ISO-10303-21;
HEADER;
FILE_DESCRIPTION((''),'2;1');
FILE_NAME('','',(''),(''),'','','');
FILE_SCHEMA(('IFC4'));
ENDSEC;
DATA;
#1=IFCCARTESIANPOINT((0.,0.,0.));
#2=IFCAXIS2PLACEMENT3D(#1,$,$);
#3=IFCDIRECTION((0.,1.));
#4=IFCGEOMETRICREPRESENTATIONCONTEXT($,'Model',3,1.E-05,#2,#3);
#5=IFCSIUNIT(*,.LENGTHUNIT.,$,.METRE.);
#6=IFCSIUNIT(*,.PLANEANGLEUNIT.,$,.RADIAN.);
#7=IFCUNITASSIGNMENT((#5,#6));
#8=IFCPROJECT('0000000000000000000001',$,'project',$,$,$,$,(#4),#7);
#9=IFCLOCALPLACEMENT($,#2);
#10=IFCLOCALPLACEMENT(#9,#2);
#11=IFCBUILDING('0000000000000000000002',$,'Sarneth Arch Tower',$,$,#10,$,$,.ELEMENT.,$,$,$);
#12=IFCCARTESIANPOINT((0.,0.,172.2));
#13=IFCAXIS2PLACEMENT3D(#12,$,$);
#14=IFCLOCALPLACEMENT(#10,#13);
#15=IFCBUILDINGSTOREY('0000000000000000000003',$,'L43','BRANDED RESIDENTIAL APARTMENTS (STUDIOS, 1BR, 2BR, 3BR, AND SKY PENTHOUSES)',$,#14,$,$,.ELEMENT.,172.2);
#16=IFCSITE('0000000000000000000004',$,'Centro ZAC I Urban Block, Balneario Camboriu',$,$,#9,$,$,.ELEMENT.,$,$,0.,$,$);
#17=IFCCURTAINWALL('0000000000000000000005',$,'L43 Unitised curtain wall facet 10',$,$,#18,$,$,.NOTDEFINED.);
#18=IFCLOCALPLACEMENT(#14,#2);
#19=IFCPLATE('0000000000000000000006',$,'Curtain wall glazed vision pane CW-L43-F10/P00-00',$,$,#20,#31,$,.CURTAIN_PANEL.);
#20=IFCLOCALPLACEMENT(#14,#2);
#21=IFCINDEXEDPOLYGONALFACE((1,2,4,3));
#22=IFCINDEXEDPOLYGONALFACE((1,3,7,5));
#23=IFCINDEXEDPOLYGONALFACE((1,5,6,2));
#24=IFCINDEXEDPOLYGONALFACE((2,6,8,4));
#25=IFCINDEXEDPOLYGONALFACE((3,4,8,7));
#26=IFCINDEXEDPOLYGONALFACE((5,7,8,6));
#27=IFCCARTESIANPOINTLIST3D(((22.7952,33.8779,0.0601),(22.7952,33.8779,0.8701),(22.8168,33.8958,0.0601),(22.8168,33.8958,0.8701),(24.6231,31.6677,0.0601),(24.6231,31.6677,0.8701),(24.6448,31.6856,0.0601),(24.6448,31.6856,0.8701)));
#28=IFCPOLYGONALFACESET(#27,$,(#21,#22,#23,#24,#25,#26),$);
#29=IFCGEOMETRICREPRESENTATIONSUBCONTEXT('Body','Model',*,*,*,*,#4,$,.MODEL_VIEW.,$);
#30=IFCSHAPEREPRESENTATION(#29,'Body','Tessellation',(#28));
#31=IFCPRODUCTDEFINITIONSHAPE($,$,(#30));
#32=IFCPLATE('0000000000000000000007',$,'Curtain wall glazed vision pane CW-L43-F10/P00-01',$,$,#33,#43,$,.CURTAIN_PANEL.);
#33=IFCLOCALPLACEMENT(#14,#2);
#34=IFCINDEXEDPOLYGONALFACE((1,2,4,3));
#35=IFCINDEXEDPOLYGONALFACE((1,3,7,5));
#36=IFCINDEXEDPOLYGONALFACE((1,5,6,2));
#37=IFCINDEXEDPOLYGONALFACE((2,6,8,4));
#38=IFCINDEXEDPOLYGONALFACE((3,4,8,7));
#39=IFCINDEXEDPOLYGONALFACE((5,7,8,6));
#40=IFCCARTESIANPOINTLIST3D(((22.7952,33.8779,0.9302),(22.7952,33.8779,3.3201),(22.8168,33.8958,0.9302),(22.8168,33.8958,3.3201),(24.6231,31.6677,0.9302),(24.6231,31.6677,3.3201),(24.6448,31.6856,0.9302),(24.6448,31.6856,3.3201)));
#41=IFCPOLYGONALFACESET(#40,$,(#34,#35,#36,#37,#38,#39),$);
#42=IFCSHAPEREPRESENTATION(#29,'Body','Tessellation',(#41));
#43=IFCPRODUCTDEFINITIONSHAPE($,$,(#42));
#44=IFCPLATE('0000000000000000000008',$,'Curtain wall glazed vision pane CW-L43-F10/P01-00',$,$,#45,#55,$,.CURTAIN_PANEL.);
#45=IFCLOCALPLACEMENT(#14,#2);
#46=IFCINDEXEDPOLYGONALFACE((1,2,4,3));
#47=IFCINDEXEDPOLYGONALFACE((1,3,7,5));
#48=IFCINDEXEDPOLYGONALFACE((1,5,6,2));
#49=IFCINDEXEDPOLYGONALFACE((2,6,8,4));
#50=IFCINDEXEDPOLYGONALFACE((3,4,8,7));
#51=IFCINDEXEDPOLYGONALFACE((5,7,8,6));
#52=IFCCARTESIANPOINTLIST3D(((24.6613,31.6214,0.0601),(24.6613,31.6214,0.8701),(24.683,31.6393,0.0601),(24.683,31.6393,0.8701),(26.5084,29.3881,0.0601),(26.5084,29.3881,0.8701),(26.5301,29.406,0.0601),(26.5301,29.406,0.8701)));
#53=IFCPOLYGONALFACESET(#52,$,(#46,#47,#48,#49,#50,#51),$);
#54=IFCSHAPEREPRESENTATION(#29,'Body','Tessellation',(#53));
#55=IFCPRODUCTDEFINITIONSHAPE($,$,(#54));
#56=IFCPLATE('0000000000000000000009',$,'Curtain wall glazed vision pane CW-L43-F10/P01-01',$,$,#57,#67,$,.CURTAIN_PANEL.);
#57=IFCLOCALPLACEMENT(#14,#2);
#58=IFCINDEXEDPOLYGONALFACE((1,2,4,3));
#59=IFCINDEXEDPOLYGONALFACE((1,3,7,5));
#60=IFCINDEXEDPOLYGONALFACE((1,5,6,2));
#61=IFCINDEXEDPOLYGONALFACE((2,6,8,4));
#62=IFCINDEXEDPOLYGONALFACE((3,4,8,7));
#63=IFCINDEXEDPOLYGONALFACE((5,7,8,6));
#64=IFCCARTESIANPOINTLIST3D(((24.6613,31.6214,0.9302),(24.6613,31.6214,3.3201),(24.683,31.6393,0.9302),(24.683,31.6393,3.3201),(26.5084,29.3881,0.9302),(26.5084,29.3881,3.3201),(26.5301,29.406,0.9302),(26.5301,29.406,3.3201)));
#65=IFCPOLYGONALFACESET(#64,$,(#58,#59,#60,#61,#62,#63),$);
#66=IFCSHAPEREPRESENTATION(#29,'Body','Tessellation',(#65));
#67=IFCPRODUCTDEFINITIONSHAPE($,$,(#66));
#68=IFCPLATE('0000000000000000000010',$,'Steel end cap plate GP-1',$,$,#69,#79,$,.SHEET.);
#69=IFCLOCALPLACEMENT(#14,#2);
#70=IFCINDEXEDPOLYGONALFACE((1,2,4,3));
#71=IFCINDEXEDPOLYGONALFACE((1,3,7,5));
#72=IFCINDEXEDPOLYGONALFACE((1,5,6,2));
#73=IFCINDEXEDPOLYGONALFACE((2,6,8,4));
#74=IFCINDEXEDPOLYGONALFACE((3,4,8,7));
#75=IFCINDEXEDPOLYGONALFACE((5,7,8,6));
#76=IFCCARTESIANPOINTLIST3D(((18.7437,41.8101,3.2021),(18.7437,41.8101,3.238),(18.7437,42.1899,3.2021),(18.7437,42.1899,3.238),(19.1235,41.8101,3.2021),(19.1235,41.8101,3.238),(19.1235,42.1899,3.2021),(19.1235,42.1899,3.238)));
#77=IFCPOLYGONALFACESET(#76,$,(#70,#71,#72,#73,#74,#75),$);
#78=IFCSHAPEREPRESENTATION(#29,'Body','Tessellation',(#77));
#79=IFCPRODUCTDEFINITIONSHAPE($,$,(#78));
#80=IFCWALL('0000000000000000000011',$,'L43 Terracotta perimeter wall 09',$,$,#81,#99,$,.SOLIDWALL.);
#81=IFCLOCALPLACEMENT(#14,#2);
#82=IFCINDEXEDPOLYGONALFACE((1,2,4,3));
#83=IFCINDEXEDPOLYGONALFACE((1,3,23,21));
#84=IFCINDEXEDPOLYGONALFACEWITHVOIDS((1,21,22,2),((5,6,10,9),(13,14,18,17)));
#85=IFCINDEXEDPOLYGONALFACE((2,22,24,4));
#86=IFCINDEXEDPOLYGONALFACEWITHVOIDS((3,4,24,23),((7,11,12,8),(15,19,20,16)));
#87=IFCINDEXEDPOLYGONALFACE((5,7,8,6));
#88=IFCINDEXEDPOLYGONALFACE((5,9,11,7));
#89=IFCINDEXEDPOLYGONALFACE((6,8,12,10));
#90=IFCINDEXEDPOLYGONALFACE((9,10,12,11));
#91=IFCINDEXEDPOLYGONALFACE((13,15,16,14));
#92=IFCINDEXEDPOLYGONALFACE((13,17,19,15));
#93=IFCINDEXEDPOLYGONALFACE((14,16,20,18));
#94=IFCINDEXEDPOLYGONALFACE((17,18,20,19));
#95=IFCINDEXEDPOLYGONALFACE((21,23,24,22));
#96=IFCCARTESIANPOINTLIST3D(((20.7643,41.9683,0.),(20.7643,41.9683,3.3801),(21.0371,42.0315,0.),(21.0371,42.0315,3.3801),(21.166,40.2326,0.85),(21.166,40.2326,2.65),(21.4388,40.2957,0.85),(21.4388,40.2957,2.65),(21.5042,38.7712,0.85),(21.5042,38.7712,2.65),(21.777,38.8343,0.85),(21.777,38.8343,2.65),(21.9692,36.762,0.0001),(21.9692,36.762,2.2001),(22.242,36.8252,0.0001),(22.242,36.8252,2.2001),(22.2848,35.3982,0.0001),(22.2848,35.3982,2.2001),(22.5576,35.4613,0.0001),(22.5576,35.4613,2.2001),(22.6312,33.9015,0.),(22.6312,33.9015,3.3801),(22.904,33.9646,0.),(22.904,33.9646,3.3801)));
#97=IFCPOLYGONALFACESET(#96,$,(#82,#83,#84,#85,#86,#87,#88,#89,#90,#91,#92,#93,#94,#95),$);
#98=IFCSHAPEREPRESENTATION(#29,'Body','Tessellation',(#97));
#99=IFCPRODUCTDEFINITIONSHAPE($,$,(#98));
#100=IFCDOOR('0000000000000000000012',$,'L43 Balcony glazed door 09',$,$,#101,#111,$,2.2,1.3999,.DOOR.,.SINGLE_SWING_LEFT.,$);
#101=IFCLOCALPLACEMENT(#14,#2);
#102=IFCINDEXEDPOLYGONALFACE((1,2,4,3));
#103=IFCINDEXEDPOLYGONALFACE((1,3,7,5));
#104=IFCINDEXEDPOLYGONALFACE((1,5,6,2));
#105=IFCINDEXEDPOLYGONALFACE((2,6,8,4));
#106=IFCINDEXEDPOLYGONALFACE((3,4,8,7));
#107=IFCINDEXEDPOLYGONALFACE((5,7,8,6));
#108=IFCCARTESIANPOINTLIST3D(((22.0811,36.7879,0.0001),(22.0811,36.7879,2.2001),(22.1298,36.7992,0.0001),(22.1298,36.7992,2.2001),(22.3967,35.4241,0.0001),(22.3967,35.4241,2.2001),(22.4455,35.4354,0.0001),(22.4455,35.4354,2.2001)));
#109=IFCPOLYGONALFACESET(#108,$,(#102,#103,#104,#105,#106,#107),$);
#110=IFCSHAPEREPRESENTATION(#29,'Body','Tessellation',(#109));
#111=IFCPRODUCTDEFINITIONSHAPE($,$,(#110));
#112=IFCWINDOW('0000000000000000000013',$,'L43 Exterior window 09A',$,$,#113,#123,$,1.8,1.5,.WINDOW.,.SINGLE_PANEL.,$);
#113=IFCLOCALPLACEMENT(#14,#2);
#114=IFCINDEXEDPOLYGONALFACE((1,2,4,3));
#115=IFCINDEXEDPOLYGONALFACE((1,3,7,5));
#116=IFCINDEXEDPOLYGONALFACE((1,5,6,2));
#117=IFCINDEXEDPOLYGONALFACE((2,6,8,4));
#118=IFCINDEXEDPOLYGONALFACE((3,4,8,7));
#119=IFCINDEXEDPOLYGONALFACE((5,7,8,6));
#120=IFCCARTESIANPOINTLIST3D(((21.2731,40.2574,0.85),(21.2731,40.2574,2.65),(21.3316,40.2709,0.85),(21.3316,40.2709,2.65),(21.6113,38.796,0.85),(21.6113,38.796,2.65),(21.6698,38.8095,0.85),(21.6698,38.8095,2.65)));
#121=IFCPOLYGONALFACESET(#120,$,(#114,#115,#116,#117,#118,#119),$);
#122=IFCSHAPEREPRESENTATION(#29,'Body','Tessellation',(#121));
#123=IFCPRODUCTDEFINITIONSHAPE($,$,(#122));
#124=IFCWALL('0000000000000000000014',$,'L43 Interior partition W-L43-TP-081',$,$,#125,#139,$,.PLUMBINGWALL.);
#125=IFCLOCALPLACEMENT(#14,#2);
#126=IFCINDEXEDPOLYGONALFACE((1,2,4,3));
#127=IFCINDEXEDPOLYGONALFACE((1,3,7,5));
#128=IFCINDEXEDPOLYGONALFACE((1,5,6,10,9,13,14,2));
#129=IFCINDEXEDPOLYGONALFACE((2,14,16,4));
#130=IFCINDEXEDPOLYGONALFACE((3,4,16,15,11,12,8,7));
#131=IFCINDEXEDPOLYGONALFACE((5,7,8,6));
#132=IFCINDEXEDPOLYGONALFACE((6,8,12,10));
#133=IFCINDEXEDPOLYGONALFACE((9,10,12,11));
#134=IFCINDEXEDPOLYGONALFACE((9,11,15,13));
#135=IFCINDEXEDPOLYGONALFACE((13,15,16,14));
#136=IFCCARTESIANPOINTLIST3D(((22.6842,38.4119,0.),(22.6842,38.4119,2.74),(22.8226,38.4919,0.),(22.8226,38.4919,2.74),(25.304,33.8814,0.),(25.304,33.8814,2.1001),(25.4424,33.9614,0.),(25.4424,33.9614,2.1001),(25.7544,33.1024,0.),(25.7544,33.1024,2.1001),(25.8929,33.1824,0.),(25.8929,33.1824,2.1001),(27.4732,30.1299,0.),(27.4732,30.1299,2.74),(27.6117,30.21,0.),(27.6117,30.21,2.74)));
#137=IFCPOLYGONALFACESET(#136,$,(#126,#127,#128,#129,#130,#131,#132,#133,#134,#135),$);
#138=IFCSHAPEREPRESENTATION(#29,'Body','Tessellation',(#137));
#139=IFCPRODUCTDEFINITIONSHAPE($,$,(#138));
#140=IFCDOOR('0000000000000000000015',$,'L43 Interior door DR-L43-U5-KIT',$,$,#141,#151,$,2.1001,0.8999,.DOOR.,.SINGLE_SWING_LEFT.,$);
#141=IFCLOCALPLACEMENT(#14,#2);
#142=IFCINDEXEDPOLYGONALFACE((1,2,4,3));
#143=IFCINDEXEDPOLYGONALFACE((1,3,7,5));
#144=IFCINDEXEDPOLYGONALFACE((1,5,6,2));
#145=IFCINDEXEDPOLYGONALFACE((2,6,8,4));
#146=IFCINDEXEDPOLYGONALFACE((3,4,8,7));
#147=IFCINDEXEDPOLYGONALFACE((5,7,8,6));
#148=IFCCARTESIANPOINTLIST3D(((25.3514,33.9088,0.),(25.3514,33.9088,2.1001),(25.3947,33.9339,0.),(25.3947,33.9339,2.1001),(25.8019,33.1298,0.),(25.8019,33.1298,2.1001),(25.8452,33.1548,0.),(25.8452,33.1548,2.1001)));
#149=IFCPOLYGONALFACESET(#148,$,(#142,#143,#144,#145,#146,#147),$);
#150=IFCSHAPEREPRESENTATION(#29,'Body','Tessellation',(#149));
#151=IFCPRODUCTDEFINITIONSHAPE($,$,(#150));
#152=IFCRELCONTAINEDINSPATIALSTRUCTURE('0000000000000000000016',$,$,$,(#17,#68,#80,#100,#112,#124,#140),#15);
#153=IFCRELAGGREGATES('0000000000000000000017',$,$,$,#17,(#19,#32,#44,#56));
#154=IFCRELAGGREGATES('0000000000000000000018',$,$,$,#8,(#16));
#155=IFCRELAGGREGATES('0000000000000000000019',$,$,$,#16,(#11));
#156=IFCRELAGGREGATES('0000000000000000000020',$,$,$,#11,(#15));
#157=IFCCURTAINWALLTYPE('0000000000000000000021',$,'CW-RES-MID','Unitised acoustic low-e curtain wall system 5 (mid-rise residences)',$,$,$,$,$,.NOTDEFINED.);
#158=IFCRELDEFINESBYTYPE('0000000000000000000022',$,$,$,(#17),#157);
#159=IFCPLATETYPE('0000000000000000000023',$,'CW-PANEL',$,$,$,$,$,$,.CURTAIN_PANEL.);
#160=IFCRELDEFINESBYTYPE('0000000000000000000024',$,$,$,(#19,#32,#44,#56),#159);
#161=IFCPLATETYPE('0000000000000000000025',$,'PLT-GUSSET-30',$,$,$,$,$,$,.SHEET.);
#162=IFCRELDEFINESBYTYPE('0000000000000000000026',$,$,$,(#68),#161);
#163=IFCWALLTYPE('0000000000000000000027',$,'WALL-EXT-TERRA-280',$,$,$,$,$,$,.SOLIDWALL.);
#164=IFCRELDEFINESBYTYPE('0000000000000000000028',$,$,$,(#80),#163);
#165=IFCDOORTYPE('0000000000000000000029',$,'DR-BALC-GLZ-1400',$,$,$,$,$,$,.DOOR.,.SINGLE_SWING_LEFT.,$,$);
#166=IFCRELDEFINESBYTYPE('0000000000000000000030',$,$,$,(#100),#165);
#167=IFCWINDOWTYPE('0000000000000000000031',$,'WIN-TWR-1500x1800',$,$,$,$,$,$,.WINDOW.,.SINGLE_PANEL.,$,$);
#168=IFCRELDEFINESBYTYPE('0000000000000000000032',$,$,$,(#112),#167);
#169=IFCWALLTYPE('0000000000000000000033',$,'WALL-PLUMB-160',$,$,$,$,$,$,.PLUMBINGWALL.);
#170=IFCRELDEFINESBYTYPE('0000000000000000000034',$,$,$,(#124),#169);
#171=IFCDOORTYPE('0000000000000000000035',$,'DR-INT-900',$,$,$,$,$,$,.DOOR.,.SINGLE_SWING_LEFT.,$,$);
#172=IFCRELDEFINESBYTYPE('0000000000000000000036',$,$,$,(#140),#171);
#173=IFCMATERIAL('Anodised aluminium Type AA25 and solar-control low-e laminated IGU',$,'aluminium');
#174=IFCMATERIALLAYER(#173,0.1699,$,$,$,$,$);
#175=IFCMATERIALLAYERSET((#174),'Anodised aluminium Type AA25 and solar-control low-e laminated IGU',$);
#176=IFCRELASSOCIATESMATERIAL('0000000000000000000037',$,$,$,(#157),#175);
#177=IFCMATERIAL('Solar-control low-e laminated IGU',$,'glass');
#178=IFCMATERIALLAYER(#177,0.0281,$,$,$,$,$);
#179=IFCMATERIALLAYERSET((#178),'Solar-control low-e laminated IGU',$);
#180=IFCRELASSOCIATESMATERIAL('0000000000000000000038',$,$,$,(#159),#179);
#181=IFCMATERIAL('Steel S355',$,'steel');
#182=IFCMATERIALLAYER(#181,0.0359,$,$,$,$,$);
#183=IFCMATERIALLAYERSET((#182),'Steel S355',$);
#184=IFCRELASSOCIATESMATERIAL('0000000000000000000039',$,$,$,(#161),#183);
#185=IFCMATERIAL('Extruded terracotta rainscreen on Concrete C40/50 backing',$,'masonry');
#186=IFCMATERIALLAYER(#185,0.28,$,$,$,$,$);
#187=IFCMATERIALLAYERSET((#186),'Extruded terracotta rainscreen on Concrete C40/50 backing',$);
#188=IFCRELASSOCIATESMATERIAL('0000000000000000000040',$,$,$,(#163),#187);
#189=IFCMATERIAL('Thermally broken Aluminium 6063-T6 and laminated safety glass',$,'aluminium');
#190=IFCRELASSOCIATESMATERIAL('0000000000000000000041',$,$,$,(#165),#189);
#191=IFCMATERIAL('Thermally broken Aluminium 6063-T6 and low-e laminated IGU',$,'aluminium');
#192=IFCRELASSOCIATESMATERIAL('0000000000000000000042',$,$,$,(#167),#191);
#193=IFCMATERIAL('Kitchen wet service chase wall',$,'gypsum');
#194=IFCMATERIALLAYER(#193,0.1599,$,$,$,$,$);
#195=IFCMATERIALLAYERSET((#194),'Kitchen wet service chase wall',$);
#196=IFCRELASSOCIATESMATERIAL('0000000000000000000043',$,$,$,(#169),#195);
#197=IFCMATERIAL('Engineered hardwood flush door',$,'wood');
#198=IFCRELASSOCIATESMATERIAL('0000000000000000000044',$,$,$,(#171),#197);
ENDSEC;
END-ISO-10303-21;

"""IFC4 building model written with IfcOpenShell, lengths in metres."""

from ifc_helpers import new_model, si_unit, direction, frame, frame_2d, origin, origin_2d, place, context, subcontext, project, spatial, rectangle, extrude, material, layer, layer_set, type_object, element, fill, aggregate, save


model = new_model("IFC4")

# Units and contexts
model_context = context("Model", 3, precision=1e-05, world=origin(), true_north=direction((0.0, 1.0)))
body_context = subcontext(model_context, "Body", "Model", "MODEL_VIEW")
ifc_project = project(units=[si_unit("LENGTHUNIT", "METRE"), si_unit("PLANEANGLEUNIT", "RADIAN")], contexts=[model_context])

# Site, building, storey
site_placement = place(None, origin())
site = spatial("IfcSite", under=ifc_project, at=site_placement, Name="Centro ZAC I Urban Block, Balneario Camboriu", CompositionType="ELEMENT", RefElevation=0.0)
building_placement = place(site_placement, origin())
building = spatial("IfcBuilding", under=site, at=building_placement, Name="Sarneth Arch Tower", CompositionType="ELEMENT")
storey_placement = place(building_placement, frame((0.0, 0.0, 172.2)))
storey = spatial("IfcBuildingStorey", under=building, at=storey_placement, Name="L43", Description="BRANDED RESIDENTIAL APARTMENTS (STUDIOS, 1BR, 2BR, 3BR, AND SKY PENTHOUSES)", CompositionType="ELEMENT", Elevation=172.2)

# Curtain wall, plates
ifc_material_1 = material(Name="Anodised aluminium Type AA25 and solar-control low-e laminated IGU", Category="aluminium")
ifc_layer_1 = layer(ifc_material_1, 0.1699)
ifc_layer_set_1 = layer_set([ifc_layer_1], Name="Anodised aluminium Type AA25 and solar-control low-e laminated IGU")
curtain_wall_type = type_object("IfcCurtainWallType", Name="CW-RES-MID", Description="Unitised acoustic low-e curtain wall system 5 (mid-rise residences)", PredefinedType="NOTDEFINED", material=ifc_layer_set_1)
curtain_wall_placement = place(storey_placement, origin())
curtain_wall = element("IfcCurtainWall", 1, at=curtain_wall_placement, inside=storey, type_object=curtain_wall_type, Name="L43 Unitised curtain wall facet 10", PredefinedType="NOTDEFINED")
ifc_material_2 = material(Name="Solar-control low-e laminated IGU", Category="glass")
ifc_layer_2 = layer(ifc_material_2, 0.0281)
ifc_layer_set_2 = layer_set([ifc_layer_2], Name="Solar-control low-e laminated IGU")
plate_type_1 = type_object("IfcPlateType", Name="CW-PANEL", PredefinedType="CURTAIN_PANEL", material=ifc_layer_set_2)
plate_1_placement = place(storey_placement, frame((23.72, 32.7817, 0.0601), z_axis=(0.0, 0.0, 1.0), x_axis=(0.63733, -0.770591, 0.0)))
plate_1 = element("IfcPlate", 2, at=plate_1_placement, type_object=plate_type_1, Name="Curtain wall glazed vision pane CW-L43-F10/P00-00", PredefinedType="CURTAIN_PANEL", context=body_context, shape_type="SweptSolid", body=[
    extrude(rectangle(XDim=2.8682, YDim=0.0281, at=origin_2d()), origin(), (0.0, 0.0, 1.0), 0.8101),
])
plate_2_placement = place(storey_placement, frame((23.72, 32.7817, 0.9302), z_axis=(0.0, 0.0, 1.0), x_axis=(0.63733, -0.770591, 0.0)))
plate_2 = element("IfcPlate", 3, at=plate_2_placement, type_object=plate_type_1, Name="Curtain wall glazed vision pane CW-L43-F10/P00-01", PredefinedType="CURTAIN_PANEL", context=body_context, shape_type="SweptSolid", body=[
    extrude(rectangle(XDim=2.8682, YDim=0.0281, at=origin_2d()), origin(), (0.0, 0.0, 1.0), 2.3899),
])
plate_3_placement = place(storey_placement, frame((25.5957, 30.5137, 0.0601), z_axis=(0.0, 0.0, 1.0), x_axis=(0.63733, -0.770591, 0.0)))
plate_3 = element("IfcPlate", 4, at=plate_3_placement, type_object=plate_type_1, Name="Curtain wall glazed vision pane CW-L43-F10/P01-00", PredefinedType="CURTAIN_PANEL", context=body_context, shape_type="SweptSolid", body=[
    extrude(rectangle(XDim=2.8982, YDim=0.0281, at=origin_2d()), origin(), (0.0, 0.0, 1.0), 0.8101),
])
plate_4_placement = place(storey_placement, frame((25.5957, 30.5137, 0.9302), z_axis=(0.0, 0.0, 1.0), x_axis=(0.63733, -0.770591, 0.0)))
plate_4 = element("IfcPlate", 5, at=plate_4_placement, type_object=plate_type_1, Name="Curtain wall glazed vision pane CW-L43-F10/P01-01", PredefinedType="CURTAIN_PANEL", context=body_context, shape_type="SweptSolid", body=[
    extrude(rectangle(XDim=2.8982, YDim=0.0281, at=origin_2d()), origin(), (0.0, 0.0, 1.0), 2.3899),
])
aggregate(curtain_wall, [plate_1, plate_2, plate_3, plate_4])

# Plate
ifc_material_3 = material(Name="Steel S355", Category="steel")
ifc_layer_3 = layer(ifc_material_3, 0.0359)
ifc_layer_set_3 = layer_set([ifc_layer_3], Name="Steel S355")
plate_type_2 = type_object("IfcPlateType", Name="PLT-GUSSET-30", PredefinedType="SHEET", material=ifc_layer_set_3)
plate_5_placement = place(storey_placement, frame((18.9336, 42.0, 3.2021), z_axis=(0.0, 0.0, 1.0), x_axis=(-1.0, 0.0, 0.0)))
element("IfcPlate", 6, at=plate_5_placement, inside=storey, type_object=plate_type_2, Name="Steel end cap plate GP-1", PredefinedType="SHEET", context=body_context, shape_type="SweptSolid", body=[
    extrude(rectangle(XDim=0.3799, YDim=0.3799, at=origin_2d()), origin(), (0.0, 0.0, 1.0), 0.0359),
])

# Wall, openings, door, window
ifc_material_4 = material(Name="Extruded terracotta rainscreen on Concrete C40/50 backing", Category="masonry")
ifc_layer_4 = layer(ifc_material_4, 0.28)
ifc_layer_set_4 = layer_set([ifc_layer_4], Name="Extruded terracotta rainscreen on Concrete C40/50 backing")
wall_type_1 = type_object("IfcWallType", Name="WALL-EXT-TERRA-280", PredefinedType="SOLIDWALL", material=ifc_layer_set_4)
wall_1_placement = place(storey_placement, frame((20.9006, 42.0, 0.0), z_axis=(0.0, 0.0, 1.0), x_axis=(0.225473, -0.974249, 0.0)))
wall_1 = element("IfcWall", 7, at=wall_1_placement, inside=storey, type_object=wall_type_1, Name="L43 Terracotta perimeter wall 09", PredefinedType="SOLIDWALL", context=body_context, shape_type="SweptSolid", body=[
    extrude(rectangle(XDim=8.28, YDim=0.28, at=frame_2d((4.1401, 0.0))), origin(), (0.0, 0.0, 1.0), 3.3801),
])
opening_1_placement = place(wall_1_placement, frame((1.7817, 0.0, 0.8501)))
opening_1 = element("IfcOpeningElement", 8, at=opening_1_placement, cuts=wall_1, PredefinedType="OPENING", context=body_context, shape_type="SweptSolid", body=[
    extrude(rectangle(XDim=1.5, YDim=1.8, at=frame_2d((0.75, 0.8999))), frame((0.0, 0.1499, 0.0), z_axis=(0.0, -1.0, 0.0), x_axis=(1.0, 0.0, 0.0)), (0.0, 0.0, 1.0), 0.3),
])
opening_2_placement = place(wall_1_placement, frame((5.344, 0.0, 0.0)))
opening_2 = element("IfcOpeningElement", 9, at=opening_2_placement, cuts=wall_1, PredefinedType="OPENING", context=body_context, shape_type="SweptSolid", body=[
    extrude(rectangle(XDim=1.3999, YDim=2.2, at=frame_2d((0.7, 1.1001))), frame((0.0, 0.1499, 0.0), z_axis=(0.0, -1.0, 0.0), x_axis=(1.0, 0.0, 0.0)), (0.0, 0.0, 1.0), 0.3),
])
ifc_material_5 = material(Name="Thermally broken Aluminium 6063-T6 and laminated safety glass", Category="aluminium")
door_type_1 = type_object("IfcDoorType", Name="DR-BALC-GLZ-1400", OperationType="SINGLE_SWING_LEFT", PredefinedType="DOOR", material=ifc_material_5)
door_1_placement = place(opening_2_placement, origin())
door_1 = element("IfcDoor", 10, at=door_1_placement, inside=storey, type_object=door_type_1, Name="L43 Balcony glazed door 09", OperationType="SINGLE_SWING_LEFT", OverallHeight=2.2, OverallWidth=1.3999, PredefinedType="DOOR", context=body_context, shape_type="SweptSolid", body=[
    extrude(rectangle(XDim=1.3999, YDim=2.2, at=frame_2d((0.7, 1.1001))), frame((0.0, 0.0249, 0.0), z_axis=(0.0, -1.0, 0.0), x_axis=(1.0, 0.0, 0.0)), (0.0, 0.0, 1.0), 0.05),
])
fill(opening_2, door_1)
ifc_material_6 = material(Name="Thermally broken Aluminium 6063-T6 and low-e laminated IGU", Category="aluminium")
window_type = type_object("IfcWindowType", Name="WIN-TWR-1500x1800", PartitioningType="SINGLE_PANEL", PredefinedType="WINDOW", material=ifc_material_6)
window_placement = place(opening_1_placement, origin())
window = element("IfcWindow", 11, at=window_placement, inside=storey, type_object=window_type, Name="L43 Exterior window 09A", OverallHeight=1.8, OverallWidth=1.5, PartitioningType="SINGLE_PANEL", PredefinedType="WINDOW", context=body_context, shape_type="SweptSolid", body=[
    extrude(rectangle(XDim=1.5, YDim=1.8, at=frame_2d((0.75, 0.8999))), frame((0.0, 0.03, 0.0), z_axis=(0.0, -1.0, 0.0), x_axis=(1.0, 0.0, 0.0)), (0.0, 0.0, 1.0), 0.0601),
])
fill(opening_1, window)

# Wall, opening, door
ifc_material_7 = material(Name="Kitchen wet service chase wall", Category="gypsum")
ifc_layer_5 = layer(ifc_material_7, 0.1599)
ifc_layer_set_5 = layer_set([ifc_layer_5], Name="Kitchen wet service chase wall")
wall_type_2 = type_object("IfcWallType", Name="WALL-PLUMB-160", PredefinedType="PLUMBINGWALL", material=ifc_layer_set_5)
wall_2_placement = place(storey_placement, frame((22.7534, 38.4519, 0.0), z_axis=(0.0, 0.0, 1.0), x_axis=(0.500585, -0.865688, 0.0)))
wall_2 = element("IfcWall", 12, at=wall_2_placement, inside=storey, type_object=wall_type_2, Name="L43 Interior partition W-L43-TP-081", PredefinedType="PLUMBINGWALL", context=body_context, shape_type="SweptSolid", body=[
    extrude(rectangle(XDim=9.5669, YDim=0.1599, at=frame_2d((4.7834, 0.0))), origin(), (0.0, 0.0, 1.0), 2.74),
])
opening_3_placement = place(wall_2_placement, frame((5.2334, 0.0, 0.0)))
opening_3 = element("IfcOpeningElement", 13, at=opening_3_placement, cuts=wall_2, PredefinedType="OPENING", context=body_context, shape_type="SweptSolid", body=[
    extrude(rectangle(XDim=0.8999, YDim=2.1001, at=frame_2d((0.45, 1.05))), frame((0.0, 0.0898, 0.0), z_axis=(0.0, -1.0, 0.0), x_axis=(1.0, 0.0, 0.0)), (0.0, 0.0, 1.0), 0.1799),
])
ifc_material_8 = material(Name="Engineered hardwood flush door", Category="wood")
door_type_2 = type_object("IfcDoorType", Name="DR-INT-900", OperationType="SINGLE_SWING_LEFT", PredefinedType="DOOR", material=ifc_material_8)
door_2_placement = place(opening_3_placement, origin())
door_2 = element("IfcDoor", 14, at=door_2_placement, inside=storey, type_object=door_type_2, Name="L43 Interior door DR-L43-U5-KIT", OperationType="SINGLE_SWING_LEFT", OverallHeight=2.1001, OverallWidth=0.8999, PredefinedType="DOOR", context=body_context, shape_type="SweptSolid", body=[
    extrude(rectangle(XDim=0.8999, YDim=2.1001, at=frame_2d((0.45, 1.05))), frame((0.0, 0.0249, 0.0), z_axis=(0.0, -1.0, 0.0), x_axis=(1.0, 0.0, 0.0)), (0.0, 0.0, 1.0), 0.05),
])
fill(opening_3, door_2)

save(model, "model.ifc")
